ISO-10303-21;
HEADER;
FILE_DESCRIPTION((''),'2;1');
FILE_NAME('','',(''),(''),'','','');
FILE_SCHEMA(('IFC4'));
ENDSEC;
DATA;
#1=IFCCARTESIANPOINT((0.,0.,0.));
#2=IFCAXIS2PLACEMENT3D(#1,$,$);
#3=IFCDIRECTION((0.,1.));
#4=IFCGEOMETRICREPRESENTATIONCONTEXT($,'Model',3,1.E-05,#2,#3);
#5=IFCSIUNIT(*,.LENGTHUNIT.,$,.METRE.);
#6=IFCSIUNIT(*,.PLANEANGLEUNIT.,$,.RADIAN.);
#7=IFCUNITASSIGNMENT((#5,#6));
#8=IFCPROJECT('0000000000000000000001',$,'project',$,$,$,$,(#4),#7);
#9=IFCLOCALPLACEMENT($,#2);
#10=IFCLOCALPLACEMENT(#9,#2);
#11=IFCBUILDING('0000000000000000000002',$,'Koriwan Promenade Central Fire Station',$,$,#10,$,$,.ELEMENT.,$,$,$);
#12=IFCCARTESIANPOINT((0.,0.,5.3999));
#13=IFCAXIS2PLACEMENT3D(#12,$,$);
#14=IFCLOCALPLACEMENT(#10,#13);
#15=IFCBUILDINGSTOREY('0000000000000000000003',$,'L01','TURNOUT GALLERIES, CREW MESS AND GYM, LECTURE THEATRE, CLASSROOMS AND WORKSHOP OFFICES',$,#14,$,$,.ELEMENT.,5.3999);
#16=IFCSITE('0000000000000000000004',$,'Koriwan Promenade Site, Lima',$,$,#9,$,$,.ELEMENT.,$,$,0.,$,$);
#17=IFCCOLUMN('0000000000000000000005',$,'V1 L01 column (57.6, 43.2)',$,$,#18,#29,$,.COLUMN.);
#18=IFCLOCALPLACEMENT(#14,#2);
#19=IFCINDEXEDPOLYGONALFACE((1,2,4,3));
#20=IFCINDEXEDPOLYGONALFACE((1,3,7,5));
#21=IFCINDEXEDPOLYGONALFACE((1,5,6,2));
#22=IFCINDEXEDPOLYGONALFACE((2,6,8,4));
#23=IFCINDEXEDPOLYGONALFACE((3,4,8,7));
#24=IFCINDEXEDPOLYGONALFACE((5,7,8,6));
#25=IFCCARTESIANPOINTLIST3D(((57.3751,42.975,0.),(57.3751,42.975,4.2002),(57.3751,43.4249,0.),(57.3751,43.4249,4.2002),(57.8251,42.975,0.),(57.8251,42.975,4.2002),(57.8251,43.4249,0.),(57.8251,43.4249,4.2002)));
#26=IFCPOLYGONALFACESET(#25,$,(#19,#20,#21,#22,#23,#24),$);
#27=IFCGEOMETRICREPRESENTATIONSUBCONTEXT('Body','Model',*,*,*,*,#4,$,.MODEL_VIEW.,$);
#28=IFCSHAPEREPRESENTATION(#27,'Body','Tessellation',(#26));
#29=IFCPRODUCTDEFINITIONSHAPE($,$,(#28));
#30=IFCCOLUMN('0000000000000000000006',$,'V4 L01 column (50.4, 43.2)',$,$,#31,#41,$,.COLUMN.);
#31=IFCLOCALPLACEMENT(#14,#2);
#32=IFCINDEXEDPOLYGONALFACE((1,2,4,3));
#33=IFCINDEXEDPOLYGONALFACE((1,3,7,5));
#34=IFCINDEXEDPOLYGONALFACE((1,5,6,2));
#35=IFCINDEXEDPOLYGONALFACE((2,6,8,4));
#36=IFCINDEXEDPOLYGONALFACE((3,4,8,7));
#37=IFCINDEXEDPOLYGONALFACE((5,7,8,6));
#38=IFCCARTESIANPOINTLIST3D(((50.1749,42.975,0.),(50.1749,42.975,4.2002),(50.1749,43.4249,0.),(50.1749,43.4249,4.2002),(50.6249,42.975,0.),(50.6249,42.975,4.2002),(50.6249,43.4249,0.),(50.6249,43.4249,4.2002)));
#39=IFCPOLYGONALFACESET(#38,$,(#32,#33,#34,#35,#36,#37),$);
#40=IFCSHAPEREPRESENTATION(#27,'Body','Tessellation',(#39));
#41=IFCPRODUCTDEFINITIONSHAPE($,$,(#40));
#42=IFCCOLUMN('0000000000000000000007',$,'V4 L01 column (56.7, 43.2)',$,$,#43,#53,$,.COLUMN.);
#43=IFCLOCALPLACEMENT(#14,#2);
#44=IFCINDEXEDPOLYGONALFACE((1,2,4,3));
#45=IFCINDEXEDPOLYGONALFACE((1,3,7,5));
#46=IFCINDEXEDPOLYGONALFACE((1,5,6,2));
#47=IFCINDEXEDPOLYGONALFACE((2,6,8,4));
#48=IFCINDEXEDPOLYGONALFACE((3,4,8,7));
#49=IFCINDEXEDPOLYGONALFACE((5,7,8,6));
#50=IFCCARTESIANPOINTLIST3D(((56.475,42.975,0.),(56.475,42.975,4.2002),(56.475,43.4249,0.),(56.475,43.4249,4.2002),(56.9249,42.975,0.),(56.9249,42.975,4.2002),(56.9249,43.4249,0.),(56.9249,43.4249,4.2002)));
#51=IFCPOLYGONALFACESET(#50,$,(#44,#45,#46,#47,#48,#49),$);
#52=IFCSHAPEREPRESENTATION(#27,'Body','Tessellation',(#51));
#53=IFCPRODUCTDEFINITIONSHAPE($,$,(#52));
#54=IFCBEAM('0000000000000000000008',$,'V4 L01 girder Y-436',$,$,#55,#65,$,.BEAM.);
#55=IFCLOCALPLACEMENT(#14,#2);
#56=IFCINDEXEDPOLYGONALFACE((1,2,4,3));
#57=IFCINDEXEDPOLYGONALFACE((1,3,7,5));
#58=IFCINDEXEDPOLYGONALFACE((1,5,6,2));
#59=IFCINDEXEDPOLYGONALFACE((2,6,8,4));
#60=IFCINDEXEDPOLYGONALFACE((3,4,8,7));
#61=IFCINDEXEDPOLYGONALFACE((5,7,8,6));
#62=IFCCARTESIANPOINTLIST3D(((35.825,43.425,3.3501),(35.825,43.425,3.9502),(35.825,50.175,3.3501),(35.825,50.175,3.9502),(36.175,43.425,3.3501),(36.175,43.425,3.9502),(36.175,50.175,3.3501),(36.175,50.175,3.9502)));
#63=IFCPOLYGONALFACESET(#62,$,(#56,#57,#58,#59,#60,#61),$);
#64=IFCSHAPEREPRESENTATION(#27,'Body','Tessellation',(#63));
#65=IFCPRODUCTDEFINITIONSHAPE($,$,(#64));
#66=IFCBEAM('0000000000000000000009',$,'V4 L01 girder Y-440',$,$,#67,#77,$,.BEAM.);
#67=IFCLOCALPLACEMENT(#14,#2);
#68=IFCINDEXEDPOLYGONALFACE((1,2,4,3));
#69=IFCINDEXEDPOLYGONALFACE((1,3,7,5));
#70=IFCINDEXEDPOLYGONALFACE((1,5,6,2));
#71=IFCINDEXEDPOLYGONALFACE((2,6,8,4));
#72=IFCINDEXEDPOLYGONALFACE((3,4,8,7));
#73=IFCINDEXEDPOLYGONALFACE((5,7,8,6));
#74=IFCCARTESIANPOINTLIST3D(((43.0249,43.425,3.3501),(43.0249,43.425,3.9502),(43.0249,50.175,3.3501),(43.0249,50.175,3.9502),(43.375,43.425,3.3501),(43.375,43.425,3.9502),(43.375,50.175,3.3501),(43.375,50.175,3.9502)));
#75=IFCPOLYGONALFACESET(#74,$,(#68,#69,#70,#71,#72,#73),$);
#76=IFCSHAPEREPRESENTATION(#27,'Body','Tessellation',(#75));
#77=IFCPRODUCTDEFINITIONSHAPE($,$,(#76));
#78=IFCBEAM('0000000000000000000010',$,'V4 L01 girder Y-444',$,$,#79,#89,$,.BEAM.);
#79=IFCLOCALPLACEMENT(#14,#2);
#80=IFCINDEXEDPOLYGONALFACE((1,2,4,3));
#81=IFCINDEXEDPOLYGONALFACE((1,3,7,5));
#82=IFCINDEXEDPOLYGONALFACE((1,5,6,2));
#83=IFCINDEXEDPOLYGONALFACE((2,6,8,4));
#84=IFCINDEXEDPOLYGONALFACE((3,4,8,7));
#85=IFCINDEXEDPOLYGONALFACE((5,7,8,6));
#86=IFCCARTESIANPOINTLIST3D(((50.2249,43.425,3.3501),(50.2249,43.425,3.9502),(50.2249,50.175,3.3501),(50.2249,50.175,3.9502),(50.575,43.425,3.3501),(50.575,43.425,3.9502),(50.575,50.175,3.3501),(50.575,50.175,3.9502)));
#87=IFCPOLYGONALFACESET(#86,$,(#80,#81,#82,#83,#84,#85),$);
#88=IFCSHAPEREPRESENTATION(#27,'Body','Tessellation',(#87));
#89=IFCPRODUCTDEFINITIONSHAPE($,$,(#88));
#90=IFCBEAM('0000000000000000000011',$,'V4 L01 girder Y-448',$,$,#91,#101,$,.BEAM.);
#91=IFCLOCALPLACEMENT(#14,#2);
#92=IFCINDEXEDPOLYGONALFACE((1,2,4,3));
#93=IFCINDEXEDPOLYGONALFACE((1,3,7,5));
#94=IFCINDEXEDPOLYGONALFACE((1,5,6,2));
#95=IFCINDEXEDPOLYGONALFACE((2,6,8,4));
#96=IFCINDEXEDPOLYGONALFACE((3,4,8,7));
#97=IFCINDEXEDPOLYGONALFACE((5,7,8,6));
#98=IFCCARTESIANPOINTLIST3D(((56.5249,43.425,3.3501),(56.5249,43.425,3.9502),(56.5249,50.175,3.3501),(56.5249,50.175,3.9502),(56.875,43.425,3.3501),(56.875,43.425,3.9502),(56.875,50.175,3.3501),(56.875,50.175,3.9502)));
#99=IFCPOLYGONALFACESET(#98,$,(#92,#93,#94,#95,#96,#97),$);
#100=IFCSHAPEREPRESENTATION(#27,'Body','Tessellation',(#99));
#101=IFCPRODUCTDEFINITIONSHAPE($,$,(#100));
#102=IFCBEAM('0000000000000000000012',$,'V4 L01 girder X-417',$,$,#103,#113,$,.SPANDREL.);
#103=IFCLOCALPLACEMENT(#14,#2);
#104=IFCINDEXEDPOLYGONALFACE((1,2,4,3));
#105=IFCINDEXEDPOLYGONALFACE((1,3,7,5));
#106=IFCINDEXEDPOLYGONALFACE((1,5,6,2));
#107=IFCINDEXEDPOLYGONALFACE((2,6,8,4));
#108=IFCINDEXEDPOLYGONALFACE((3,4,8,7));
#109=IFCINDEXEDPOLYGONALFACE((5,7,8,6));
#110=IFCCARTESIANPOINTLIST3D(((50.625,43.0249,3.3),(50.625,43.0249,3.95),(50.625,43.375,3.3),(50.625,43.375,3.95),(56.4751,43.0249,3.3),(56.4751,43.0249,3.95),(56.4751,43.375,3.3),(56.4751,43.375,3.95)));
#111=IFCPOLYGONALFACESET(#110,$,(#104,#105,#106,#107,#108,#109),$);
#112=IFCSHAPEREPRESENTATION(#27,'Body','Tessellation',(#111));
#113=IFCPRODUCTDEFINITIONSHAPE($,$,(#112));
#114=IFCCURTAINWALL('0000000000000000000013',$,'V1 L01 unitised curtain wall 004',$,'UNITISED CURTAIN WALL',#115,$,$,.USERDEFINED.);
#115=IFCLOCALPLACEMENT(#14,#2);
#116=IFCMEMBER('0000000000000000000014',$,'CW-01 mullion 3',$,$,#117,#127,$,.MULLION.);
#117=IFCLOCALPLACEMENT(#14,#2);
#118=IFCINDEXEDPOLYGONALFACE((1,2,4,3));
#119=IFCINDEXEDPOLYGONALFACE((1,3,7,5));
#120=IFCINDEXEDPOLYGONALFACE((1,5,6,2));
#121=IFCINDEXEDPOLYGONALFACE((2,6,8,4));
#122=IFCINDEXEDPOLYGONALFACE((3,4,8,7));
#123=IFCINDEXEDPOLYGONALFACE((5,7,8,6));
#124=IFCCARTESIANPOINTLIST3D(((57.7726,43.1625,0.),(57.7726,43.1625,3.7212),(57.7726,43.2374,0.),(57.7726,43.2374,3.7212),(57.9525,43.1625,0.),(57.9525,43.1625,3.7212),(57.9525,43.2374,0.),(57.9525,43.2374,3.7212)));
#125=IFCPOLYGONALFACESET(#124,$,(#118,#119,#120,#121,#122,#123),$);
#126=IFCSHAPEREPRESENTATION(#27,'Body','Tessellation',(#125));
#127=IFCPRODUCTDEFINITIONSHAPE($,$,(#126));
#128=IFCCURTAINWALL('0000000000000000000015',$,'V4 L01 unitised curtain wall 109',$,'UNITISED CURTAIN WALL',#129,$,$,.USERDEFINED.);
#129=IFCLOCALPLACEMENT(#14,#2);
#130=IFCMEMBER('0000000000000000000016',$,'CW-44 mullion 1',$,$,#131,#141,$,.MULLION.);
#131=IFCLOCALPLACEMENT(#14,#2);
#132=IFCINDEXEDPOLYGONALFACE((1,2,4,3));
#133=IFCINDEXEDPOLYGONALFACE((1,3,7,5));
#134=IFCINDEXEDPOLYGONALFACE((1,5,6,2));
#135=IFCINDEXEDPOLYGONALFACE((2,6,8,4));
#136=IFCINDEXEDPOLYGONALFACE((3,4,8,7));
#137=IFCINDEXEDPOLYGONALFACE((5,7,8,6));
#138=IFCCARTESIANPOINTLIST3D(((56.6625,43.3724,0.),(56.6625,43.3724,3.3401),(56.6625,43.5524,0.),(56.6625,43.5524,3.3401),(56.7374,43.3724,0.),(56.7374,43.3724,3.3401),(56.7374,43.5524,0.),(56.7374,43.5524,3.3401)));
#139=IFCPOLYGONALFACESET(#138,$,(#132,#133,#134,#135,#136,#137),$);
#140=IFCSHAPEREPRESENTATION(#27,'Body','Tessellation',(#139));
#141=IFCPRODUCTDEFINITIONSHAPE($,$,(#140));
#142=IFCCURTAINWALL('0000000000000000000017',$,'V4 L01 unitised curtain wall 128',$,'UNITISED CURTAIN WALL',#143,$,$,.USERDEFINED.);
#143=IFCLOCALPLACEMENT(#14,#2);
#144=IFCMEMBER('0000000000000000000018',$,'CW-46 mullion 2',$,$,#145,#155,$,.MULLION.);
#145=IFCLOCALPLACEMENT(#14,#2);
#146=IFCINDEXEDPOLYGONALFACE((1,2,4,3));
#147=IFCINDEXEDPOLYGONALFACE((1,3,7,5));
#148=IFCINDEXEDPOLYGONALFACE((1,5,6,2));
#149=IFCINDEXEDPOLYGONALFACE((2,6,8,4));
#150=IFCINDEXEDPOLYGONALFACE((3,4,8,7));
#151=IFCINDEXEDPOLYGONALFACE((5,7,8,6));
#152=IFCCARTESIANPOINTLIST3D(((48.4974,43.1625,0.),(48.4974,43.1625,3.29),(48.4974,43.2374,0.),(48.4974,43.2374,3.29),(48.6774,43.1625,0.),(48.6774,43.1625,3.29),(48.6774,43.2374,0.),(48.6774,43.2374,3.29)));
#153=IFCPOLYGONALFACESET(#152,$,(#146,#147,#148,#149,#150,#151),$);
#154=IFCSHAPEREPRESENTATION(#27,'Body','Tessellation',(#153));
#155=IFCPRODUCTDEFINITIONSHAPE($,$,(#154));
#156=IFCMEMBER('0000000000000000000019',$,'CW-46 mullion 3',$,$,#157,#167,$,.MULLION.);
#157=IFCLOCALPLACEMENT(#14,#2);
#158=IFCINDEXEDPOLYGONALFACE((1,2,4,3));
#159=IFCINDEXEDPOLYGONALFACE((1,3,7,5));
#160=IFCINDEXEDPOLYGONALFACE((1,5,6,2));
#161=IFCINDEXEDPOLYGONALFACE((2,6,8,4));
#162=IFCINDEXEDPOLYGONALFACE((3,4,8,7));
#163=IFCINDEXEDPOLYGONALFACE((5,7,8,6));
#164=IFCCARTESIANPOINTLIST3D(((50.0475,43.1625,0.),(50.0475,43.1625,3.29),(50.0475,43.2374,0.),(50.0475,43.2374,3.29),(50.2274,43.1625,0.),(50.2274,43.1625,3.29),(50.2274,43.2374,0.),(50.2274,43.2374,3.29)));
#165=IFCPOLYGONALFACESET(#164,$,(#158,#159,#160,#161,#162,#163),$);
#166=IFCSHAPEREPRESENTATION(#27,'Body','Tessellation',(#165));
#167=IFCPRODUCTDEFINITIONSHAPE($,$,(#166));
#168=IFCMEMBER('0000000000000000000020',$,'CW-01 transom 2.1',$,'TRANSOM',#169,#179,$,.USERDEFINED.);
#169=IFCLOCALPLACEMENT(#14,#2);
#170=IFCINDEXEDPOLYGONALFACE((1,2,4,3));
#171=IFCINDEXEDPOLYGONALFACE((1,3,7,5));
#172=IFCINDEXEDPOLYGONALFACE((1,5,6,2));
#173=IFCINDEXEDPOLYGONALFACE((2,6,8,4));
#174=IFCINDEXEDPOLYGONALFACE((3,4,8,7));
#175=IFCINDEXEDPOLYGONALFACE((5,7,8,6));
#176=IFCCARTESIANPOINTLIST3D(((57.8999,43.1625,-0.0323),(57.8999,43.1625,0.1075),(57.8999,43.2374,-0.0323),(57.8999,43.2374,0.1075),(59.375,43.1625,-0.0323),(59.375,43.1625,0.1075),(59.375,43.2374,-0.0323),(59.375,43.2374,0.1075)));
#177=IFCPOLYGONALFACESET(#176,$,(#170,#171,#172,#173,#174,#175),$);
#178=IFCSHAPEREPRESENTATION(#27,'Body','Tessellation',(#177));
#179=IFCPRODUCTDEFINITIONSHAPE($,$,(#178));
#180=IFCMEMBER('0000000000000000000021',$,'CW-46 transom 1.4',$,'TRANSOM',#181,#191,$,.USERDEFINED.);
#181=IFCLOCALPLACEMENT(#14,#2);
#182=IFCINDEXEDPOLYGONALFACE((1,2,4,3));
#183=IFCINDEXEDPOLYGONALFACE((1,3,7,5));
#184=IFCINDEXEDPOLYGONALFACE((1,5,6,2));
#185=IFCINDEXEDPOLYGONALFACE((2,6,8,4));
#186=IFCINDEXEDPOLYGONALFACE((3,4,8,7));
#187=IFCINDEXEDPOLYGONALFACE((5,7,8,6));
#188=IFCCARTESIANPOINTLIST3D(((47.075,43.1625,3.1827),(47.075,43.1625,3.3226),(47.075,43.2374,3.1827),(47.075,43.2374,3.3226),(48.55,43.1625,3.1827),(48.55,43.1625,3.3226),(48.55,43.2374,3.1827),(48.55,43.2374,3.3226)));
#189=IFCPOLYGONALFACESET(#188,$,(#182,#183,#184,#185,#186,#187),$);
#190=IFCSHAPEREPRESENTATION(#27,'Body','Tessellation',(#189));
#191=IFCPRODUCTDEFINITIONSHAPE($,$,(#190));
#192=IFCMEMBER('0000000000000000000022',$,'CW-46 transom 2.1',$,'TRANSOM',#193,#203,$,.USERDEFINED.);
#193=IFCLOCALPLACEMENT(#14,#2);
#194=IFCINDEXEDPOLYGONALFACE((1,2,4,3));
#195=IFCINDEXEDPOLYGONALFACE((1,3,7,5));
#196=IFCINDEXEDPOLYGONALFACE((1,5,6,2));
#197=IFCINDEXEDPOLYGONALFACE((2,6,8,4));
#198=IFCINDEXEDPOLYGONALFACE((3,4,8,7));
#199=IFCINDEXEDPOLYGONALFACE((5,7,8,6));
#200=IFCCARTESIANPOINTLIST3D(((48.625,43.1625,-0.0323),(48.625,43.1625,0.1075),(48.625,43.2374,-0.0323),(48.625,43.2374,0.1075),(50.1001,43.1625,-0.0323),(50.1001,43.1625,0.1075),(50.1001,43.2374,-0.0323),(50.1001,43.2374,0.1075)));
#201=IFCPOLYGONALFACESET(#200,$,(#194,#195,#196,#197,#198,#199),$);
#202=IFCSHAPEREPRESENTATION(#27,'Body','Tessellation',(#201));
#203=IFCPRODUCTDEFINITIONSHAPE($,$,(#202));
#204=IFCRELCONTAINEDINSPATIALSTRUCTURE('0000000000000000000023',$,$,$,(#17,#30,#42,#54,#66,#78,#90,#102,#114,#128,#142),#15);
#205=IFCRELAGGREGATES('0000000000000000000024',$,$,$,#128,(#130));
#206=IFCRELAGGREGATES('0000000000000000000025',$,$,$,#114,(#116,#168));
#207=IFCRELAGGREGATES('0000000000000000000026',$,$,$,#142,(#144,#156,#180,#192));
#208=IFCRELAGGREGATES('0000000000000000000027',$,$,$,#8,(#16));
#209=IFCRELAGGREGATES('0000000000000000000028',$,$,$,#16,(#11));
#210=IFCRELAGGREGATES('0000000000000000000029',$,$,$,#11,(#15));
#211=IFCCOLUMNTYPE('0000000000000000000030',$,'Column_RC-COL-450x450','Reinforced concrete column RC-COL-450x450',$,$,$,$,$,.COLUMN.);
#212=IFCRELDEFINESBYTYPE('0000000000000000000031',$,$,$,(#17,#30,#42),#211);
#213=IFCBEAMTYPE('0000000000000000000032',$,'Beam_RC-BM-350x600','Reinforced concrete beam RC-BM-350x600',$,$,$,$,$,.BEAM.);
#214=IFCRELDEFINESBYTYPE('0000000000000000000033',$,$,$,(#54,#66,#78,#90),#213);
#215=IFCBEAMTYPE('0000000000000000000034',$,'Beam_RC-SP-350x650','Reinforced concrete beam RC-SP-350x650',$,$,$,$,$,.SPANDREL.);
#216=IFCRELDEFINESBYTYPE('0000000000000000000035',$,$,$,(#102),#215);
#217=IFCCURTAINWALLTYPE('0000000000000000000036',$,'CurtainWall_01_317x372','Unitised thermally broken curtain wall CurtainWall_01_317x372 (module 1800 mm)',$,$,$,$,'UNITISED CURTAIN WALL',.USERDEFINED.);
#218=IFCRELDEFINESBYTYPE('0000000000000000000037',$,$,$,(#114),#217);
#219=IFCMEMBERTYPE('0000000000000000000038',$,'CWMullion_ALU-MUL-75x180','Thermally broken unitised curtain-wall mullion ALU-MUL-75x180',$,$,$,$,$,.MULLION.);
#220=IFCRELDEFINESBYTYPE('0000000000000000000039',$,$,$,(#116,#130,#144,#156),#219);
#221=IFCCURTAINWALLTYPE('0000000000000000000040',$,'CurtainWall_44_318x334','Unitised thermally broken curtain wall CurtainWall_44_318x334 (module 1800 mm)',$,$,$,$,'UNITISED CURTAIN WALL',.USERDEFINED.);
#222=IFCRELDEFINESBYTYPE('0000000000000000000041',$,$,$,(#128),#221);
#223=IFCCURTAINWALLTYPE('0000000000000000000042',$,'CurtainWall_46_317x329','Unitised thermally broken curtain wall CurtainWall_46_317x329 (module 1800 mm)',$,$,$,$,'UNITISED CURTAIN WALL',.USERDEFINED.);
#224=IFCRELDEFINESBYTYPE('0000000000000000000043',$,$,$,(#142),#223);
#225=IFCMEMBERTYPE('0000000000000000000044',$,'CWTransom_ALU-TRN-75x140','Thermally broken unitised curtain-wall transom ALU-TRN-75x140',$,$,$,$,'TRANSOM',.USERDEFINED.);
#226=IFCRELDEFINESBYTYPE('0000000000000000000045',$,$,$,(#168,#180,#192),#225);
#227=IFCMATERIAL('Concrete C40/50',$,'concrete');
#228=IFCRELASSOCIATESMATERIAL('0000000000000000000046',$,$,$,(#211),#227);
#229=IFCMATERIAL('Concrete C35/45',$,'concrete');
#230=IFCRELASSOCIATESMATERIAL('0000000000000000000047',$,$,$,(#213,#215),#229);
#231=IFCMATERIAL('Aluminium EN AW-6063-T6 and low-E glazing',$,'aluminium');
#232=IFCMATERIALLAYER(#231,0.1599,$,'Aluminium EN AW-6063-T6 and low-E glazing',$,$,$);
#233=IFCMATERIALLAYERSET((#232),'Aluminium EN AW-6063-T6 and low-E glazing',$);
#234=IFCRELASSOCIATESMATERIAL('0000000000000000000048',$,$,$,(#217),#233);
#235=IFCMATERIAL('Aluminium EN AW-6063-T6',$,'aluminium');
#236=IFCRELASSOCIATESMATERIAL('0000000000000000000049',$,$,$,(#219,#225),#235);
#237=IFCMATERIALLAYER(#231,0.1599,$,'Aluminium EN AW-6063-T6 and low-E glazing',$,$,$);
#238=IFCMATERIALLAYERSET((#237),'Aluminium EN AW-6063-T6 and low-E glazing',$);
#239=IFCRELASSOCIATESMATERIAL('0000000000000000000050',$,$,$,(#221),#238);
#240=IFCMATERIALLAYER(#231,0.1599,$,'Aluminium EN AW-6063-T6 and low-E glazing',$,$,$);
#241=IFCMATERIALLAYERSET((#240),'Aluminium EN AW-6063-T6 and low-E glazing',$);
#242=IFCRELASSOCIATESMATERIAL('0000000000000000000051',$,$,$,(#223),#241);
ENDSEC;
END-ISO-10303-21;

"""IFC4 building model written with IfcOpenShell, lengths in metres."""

from ifc_helpers import new_model, si_unit, direction, frame, origin, origin_2d, place, context, subcontext, project, spatial, rectangle, extrude, material, layer, layer_set, material_profile, profile_set, type_object, element, aggregate, save


model = new_model("IFC4")

# Units and contexts
model_context = context("Model", 3, precision=1e-05, world=origin(), true_north=direction((0.0, 1.0)))
body_context = subcontext(model_context, "Body", "Model", "MODEL_VIEW")
ifc_project = project(units=[si_unit("LENGTHUNIT", "METRE"), si_unit("PLANEANGLEUNIT", "RADIAN")], contexts=[model_context])

# Site, building, storey
site_placement = place(None, origin())
site = spatial("IfcSite", under=ifc_project, at=site_placement, Name="Koriwan Promenade Site, Lima", CompositionType="ELEMENT", RefElevation=0.0)
building_placement = place(site_placement, origin())
building = spatial("IfcBuilding", under=site, at=building_placement, Name="Koriwan Promenade Central Fire Station", CompositionType="ELEMENT")
storey_placement = place(building_placement, frame((0.0, 0.0, 5.3999)))
storey = spatial("IfcBuildingStorey", under=building, at=storey_placement, Name="L01", Description="TURNOUT GALLERIES, CREW MESS AND GYM, LECTURE THEATRE, CLASSROOMS AND WORKSHOP OFFICES", CompositionType="ELEMENT", Elevation=5.3999)

# Columns
ifc_material_1 = material(Name="Concrete C40/50", Category="concrete")
ifc_material_profile_1 = material_profile(ifc_material_1, rectangle(XDim=0.45, YDim=0.45, at=origin_2d()), Name="RC-COL-450x450")
ifc_profile_set_1 = profile_set([ifc_material_profile_1], Name="Concrete C40/50")
column_type = type_object("IfcColumnType", Name="Column_RC-COL-450x450", Description="Reinforced concrete column RC-COL-450x450", PredefinedType="COLUMN", material=ifc_profile_set_1)
for number, where, z_axis, x_axis, name in (
    (1, (57.6001, 43.2, 0.0), (0.0, 0.0, 1.0), (1.0, 0.0, 0.0), "V1 L01 column (57.6, 43.2)"),
    (2, (50.3999, 43.2, 0.0), (0.0, 0.0, 1.0), (1.0, 0.0, 0.0), "V4 L01 column (50.4, 43.2)"),
    (3, (56.7, 43.2, 0.0), (0.0, 0.0, 1.0), (1.0, 0.0, 0.0), "V4 L01 column (56.7, 43.2)"),
):
    element("IfcColumn", number, at=place(storey_placement, frame(where, z_axis=z_axis, x_axis=x_axis)), inside=storey, type_object=column_type, Name=name, PredefinedType="COLUMN", context=body_context, shape_type="SweptSolid", body=[
        extrude(rectangle(XDim=0.45, YDim=0.45, at=origin_2d()), origin(), (0.0, 0.0, 1.0), 4.2002),
    ])

# Beams
ifc_material_2 = material(Name="Concrete C35/45", Category="concrete")
ifc_material_profile_2 = material_profile(ifc_material_2, rectangle(XDim=0.3501, YDim=0.6001, at=origin_2d()), Name="RC-BM-350x600")
ifc_profile_set_2 = profile_set([ifc_material_profile_2], Name="Concrete C35/45")
beam_type_1 = type_object("IfcBeamType", Name="Beam_RC-BM-350x600", Description="Reinforced concrete beam RC-BM-350x600", PredefinedType="BEAM", material=ifc_profile_set_2)
for number, where, z_axis, x_axis, name in (
    (4, (36.0, 43.425, 3.6501), (0.0, 1.0, 0.0), (-1.0, 0.0, 0.0), "V4 L01 girder Y-436"),
    (5, (43.2, 43.425, 3.6501), (0.0, 1.0, 0.0), (-1.0, 0.0, 0.0), "V4 L01 girder Y-440"),
    (6, (50.3999, 43.425, 3.6501), (0.0, 1.0, 0.0), (-1.0, 0.0, 0.0), "V4 L01 girder Y-444"),
    (7, (56.7, 43.425, 3.6501), (0.0, 1.0, 0.0), (-1.0, 0.0, 0.0), "V4 L01 girder Y-448"),
):
    element("IfcBeam", number, at=place(storey_placement, frame(where, z_axis=z_axis, x_axis=x_axis)), inside=storey, type_object=beam_type_1, Name=name, PredefinedType="BEAM", context=body_context, shape_type="SweptSolid", body=[
        extrude(rectangle(XDim=0.3501, YDim=0.6001, at=origin_2d()), origin(), (0.0, 0.0, 1.0), 6.75),
    ])
ifc_material_profile_3 = material_profile(ifc_material_2, rectangle(XDim=0.3501, YDim=0.6499, at=origin_2d()), Name="RC-SP-350x650")
ifc_profile_set_3 = profile_set([ifc_material_profile_3], Name="Concrete C35/45")
beam_type_2 = type_object("IfcBeamType", Name="Beam_RC-SP-350x650", Description="Reinforced concrete beam RC-SP-350x650", PredefinedType="SPANDREL", material=ifc_profile_set_3)
beam_1_placement = place(storey_placement, frame((50.625, 43.2, 3.625), z_axis=(1.0, 0.0, 0.0), x_axis=(0.0, 1.0, 0.0)))
element("IfcBeam", 8, at=beam_1_placement, inside=storey, type_object=beam_type_2, Name="V4 L01 girder X-417", PredefinedType="SPANDREL", context=body_context, shape_type="SweptSolid", body=[
    extrude(rectangle(XDim=0.3501, YDim=0.6499, at=origin_2d()), origin(), (0.0, 0.0, 1.0), 5.8501),
])

# Curtain walls, members
ifc_material_3 = material(Name="Aluminium EN AW-6063-T6 and low-E glazing", Category="aluminium")
ifc_layer_1 = layer(ifc_material_3, 0.1599, Name="Aluminium EN AW-6063-T6 and low-E glazing")
ifc_layer_set_1 = layer_set([ifc_layer_1], Name="Aluminium EN AW-6063-T6 and low-E glazing")
curtain_wall_type_1 = type_object("IfcCurtainWallType", Name="CurtainWall_01_317x372", Description="Unitised thermally broken curtain wall CurtainWall_01_317x372 (module 1800 mm)", ElementType="UNITISED CURTAIN WALL", PredefinedType="USERDEFINED", material=ifc_layer_set_1)
curtain_wall_1_placement = place(storey_placement, origin())
curtain_wall_1 = element("IfcCurtainWall", 9, at=curtain_wall_1_placement, inside=storey, type_object=curtain_wall_type_1, Name="V1 L01 unitised curtain wall 004", ObjectType="UNITISED CURTAIN WALL", PredefinedType="USERDEFINED")
ifc_material_4 = material(Name="Aluminium EN AW-6063-T6", Category="aluminium")
ifc_material_profile_4 = material_profile(ifc_material_4, rectangle(XDim=0.075, YDim=0.1799, at=origin_2d()), Name="ALU-MUL-75x180")
ifc_profile_set_4 = profile_set([ifc_material_profile_4], Name="Aluminium EN AW-6063-T6")
member_type_1 = type_object("IfcMemberType", Name="CWMullion_ALU-MUL-75x180", Description="Thermally broken unitised curtain-wall mullion ALU-MUL-75x180", PredefinedType="MULLION", material=ifc_profile_set_4)
member_1_placement = place(storey_placement, frame((57.8625, 43.2, 0.0), z_axis=(0.0, 0.0, 1.0), x_axis=(0.0, -1.0, 0.0)))
member_1 = element("IfcMember", 10, at=member_1_placement, type_object=member_type_1, Name="CW-01 mullion 3", PredefinedType="MULLION", context=body_context, shape_type="SweptSolid", body=[
    extrude(rectangle(XDim=0.075, YDim=0.1799, at=origin_2d()), origin(), (0.0, 0.0, 1.0), 3.7212),
])
ifc_layer_2 = layer(ifc_material_3, 0.1599, Name="Aluminium EN AW-6063-T6 and low-E glazing")
ifc_layer_set_2 = layer_set([ifc_layer_2], Name="Aluminium EN AW-6063-T6 and low-E glazing")
curtain_wall_type_2 = type_object("IfcCurtainWallType", Name="CurtainWall_44_318x334", Description="Unitised thermally broken curtain wall CurtainWall_44_318x334 (module 1800 mm)", ElementType="UNITISED CURTAIN WALL", PredefinedType="USERDEFINED", material=ifc_layer_set_2)
curtain_wall_2_placement = place(storey_placement, origin())
curtain_wall_2 = element("IfcCurtainWall", 11, at=curtain_wall_2_placement, inside=storey, type_object=curtain_wall_type_2, Name="V4 L01 unitised curtain wall 109", ObjectType="UNITISED CURTAIN WALL", PredefinedType="USERDEFINED")
member_2_placement = place(storey_placement, frame((56.7, 43.4624, 0.0), z_axis=(0.0, 0.0, 1.0), x_axis=(-1.0, 0.0, 0.0)))
member_2 = element("IfcMember", 12, at=member_2_placement, type_object=member_type_1, Name="CW-44 mullion 1", PredefinedType="MULLION", context=body_context, shape_type="SweptSolid", body=[
    extrude(rectangle(XDim=0.075, YDim=0.1799, at=origin_2d()), origin(), (0.0, 0.0, 1.0), 3.3401),
])
aggregate(curtain_wall_2, [member_2])

# Curtain wall, members
ifc_layer_3 = layer(ifc_material_3, 0.1599, Name="Aluminium EN AW-6063-T6 and low-E glazing")
ifc_layer_set_3 = layer_set([ifc_layer_3], Name="Aluminium EN AW-6063-T6 and low-E glazing")
curtain_wall_type_3 = type_object("IfcCurtainWallType", Name="CurtainWall_46_317x329", Description="Unitised thermally broken curtain wall CurtainWall_46_317x329 (module 1800 mm)", ElementType="UNITISED CURTAIN WALL", PredefinedType="USERDEFINED", material=ifc_layer_set_3)
curtain_wall_3_placement = place(storey_placement, origin())
curtain_wall_3 = element("IfcCurtainWall", 13, at=curtain_wall_3_placement, inside=storey, type_object=curtain_wall_type_3, Name="V4 L01 unitised curtain wall 128", ObjectType="UNITISED CURTAIN WALL", PredefinedType="USERDEFINED")
member_3_placement = place(storey_placement, frame((48.5874, 43.2, 0.0), z_axis=(0.0, 0.0, 1.0), x_axis=(0.0, 1.0, 0.0)))
member_3 = element("IfcMember", 14, at=member_3_placement, type_object=member_type_1, Name="CW-46 mullion 2", PredefinedType="MULLION", context=body_context, shape_type="SweptSolid", body=[
    extrude(rectangle(XDim=0.075, YDim=0.1799, at=origin_2d()), origin(), (0.0, 0.0, 1.0), 3.29),
])
member_4_placement = place(storey_placement, frame((50.1375, 43.2, 0.0), z_axis=(0.0, 0.0, 1.0), x_axis=(0.0, 1.0, 0.0)))
member_4 = element("IfcMember", 15, at=member_4_placement, type_object=member_type_1, Name="CW-46 mullion 3", PredefinedType="MULLION", context=body_context, shape_type="SweptSolid", body=[
    extrude(rectangle(XDim=0.075, YDim=0.1799, at=origin_2d()), origin(), (0.0, 0.0, 1.0), 3.29),
])

# Members
ifc_material_profile_5 = material_profile(ifc_material_4, rectangle(XDim=0.075, YDim=0.1399, at=origin_2d()), Name="ALU-TRN-75x140")
ifc_profile_set_5 = profile_set([ifc_material_profile_5], Name="Aluminium EN AW-6063-T6")
member_type_2 = type_object("IfcMemberType", Name="CWTransom_ALU-TRN-75x140", Description="Thermally broken unitised curtain-wall transom ALU-TRN-75x140", ElementType="TRANSOM", PredefinedType="USERDEFINED", material=ifc_profile_set_5)
member_5_placement = place(storey_placement, frame((59.375, 43.2, 0.0376), z_axis=(-1.0, 0.0, 0.0), x_axis=(0.0, -1.0, 0.0)))
member_5 = element("IfcMember", 16, at=member_5_placement, type_object=member_type_2, Name="CW-01 transom 2.1", ObjectType="TRANSOM", PredefinedType="USERDEFINED", context=body_context, shape_type="SweptSolid", body=[
    extrude(rectangle(XDim=0.075, YDim=0.1399, at=origin_2d()), origin(), (0.0, 0.0, 1.0), 1.4751),
])
member_6_placement = place(storey_placement, frame((47.075, 43.2, 3.2527), z_axis=(1.0, 0.0, 0.0), x_axis=(0.0, 1.0, 0.0)))
member_6 = element("IfcMember", 17, at=member_6_placement, type_object=member_type_2, Name="CW-46 transom 1.4", ObjectType="TRANSOM", PredefinedType="USERDEFINED", context=body_context, shape_type="SweptSolid", body=[
    extrude(rectangle(XDim=0.075, YDim=0.1399, at=origin_2d()), origin(), (0.0, 0.0, 1.0), 1.4751),
])
member_7_placement = place(storey_placement, frame((48.625, 43.2, 0.0376), z_axis=(1.0, 0.0, 0.0), x_axis=(0.0, 1.0, 0.0)))
member_7 = element("IfcMember", 18, at=member_7_placement, type_object=member_type_2, Name="CW-46 transom 2.1", ObjectType="TRANSOM", PredefinedType="USERDEFINED", context=body_context, shape_type="SweptSolid", body=[
    extrude(rectangle(XDim=0.075, YDim=0.1399, at=origin_2d()), origin(), (0.0, 0.0, 1.0), 1.4751),
])

aggregate(curtain_wall_1, [member_1, member_5])
aggregate(curtain_wall_3, [member_3, member_4, member_6, member_7])

save(model, "model.ifc")
